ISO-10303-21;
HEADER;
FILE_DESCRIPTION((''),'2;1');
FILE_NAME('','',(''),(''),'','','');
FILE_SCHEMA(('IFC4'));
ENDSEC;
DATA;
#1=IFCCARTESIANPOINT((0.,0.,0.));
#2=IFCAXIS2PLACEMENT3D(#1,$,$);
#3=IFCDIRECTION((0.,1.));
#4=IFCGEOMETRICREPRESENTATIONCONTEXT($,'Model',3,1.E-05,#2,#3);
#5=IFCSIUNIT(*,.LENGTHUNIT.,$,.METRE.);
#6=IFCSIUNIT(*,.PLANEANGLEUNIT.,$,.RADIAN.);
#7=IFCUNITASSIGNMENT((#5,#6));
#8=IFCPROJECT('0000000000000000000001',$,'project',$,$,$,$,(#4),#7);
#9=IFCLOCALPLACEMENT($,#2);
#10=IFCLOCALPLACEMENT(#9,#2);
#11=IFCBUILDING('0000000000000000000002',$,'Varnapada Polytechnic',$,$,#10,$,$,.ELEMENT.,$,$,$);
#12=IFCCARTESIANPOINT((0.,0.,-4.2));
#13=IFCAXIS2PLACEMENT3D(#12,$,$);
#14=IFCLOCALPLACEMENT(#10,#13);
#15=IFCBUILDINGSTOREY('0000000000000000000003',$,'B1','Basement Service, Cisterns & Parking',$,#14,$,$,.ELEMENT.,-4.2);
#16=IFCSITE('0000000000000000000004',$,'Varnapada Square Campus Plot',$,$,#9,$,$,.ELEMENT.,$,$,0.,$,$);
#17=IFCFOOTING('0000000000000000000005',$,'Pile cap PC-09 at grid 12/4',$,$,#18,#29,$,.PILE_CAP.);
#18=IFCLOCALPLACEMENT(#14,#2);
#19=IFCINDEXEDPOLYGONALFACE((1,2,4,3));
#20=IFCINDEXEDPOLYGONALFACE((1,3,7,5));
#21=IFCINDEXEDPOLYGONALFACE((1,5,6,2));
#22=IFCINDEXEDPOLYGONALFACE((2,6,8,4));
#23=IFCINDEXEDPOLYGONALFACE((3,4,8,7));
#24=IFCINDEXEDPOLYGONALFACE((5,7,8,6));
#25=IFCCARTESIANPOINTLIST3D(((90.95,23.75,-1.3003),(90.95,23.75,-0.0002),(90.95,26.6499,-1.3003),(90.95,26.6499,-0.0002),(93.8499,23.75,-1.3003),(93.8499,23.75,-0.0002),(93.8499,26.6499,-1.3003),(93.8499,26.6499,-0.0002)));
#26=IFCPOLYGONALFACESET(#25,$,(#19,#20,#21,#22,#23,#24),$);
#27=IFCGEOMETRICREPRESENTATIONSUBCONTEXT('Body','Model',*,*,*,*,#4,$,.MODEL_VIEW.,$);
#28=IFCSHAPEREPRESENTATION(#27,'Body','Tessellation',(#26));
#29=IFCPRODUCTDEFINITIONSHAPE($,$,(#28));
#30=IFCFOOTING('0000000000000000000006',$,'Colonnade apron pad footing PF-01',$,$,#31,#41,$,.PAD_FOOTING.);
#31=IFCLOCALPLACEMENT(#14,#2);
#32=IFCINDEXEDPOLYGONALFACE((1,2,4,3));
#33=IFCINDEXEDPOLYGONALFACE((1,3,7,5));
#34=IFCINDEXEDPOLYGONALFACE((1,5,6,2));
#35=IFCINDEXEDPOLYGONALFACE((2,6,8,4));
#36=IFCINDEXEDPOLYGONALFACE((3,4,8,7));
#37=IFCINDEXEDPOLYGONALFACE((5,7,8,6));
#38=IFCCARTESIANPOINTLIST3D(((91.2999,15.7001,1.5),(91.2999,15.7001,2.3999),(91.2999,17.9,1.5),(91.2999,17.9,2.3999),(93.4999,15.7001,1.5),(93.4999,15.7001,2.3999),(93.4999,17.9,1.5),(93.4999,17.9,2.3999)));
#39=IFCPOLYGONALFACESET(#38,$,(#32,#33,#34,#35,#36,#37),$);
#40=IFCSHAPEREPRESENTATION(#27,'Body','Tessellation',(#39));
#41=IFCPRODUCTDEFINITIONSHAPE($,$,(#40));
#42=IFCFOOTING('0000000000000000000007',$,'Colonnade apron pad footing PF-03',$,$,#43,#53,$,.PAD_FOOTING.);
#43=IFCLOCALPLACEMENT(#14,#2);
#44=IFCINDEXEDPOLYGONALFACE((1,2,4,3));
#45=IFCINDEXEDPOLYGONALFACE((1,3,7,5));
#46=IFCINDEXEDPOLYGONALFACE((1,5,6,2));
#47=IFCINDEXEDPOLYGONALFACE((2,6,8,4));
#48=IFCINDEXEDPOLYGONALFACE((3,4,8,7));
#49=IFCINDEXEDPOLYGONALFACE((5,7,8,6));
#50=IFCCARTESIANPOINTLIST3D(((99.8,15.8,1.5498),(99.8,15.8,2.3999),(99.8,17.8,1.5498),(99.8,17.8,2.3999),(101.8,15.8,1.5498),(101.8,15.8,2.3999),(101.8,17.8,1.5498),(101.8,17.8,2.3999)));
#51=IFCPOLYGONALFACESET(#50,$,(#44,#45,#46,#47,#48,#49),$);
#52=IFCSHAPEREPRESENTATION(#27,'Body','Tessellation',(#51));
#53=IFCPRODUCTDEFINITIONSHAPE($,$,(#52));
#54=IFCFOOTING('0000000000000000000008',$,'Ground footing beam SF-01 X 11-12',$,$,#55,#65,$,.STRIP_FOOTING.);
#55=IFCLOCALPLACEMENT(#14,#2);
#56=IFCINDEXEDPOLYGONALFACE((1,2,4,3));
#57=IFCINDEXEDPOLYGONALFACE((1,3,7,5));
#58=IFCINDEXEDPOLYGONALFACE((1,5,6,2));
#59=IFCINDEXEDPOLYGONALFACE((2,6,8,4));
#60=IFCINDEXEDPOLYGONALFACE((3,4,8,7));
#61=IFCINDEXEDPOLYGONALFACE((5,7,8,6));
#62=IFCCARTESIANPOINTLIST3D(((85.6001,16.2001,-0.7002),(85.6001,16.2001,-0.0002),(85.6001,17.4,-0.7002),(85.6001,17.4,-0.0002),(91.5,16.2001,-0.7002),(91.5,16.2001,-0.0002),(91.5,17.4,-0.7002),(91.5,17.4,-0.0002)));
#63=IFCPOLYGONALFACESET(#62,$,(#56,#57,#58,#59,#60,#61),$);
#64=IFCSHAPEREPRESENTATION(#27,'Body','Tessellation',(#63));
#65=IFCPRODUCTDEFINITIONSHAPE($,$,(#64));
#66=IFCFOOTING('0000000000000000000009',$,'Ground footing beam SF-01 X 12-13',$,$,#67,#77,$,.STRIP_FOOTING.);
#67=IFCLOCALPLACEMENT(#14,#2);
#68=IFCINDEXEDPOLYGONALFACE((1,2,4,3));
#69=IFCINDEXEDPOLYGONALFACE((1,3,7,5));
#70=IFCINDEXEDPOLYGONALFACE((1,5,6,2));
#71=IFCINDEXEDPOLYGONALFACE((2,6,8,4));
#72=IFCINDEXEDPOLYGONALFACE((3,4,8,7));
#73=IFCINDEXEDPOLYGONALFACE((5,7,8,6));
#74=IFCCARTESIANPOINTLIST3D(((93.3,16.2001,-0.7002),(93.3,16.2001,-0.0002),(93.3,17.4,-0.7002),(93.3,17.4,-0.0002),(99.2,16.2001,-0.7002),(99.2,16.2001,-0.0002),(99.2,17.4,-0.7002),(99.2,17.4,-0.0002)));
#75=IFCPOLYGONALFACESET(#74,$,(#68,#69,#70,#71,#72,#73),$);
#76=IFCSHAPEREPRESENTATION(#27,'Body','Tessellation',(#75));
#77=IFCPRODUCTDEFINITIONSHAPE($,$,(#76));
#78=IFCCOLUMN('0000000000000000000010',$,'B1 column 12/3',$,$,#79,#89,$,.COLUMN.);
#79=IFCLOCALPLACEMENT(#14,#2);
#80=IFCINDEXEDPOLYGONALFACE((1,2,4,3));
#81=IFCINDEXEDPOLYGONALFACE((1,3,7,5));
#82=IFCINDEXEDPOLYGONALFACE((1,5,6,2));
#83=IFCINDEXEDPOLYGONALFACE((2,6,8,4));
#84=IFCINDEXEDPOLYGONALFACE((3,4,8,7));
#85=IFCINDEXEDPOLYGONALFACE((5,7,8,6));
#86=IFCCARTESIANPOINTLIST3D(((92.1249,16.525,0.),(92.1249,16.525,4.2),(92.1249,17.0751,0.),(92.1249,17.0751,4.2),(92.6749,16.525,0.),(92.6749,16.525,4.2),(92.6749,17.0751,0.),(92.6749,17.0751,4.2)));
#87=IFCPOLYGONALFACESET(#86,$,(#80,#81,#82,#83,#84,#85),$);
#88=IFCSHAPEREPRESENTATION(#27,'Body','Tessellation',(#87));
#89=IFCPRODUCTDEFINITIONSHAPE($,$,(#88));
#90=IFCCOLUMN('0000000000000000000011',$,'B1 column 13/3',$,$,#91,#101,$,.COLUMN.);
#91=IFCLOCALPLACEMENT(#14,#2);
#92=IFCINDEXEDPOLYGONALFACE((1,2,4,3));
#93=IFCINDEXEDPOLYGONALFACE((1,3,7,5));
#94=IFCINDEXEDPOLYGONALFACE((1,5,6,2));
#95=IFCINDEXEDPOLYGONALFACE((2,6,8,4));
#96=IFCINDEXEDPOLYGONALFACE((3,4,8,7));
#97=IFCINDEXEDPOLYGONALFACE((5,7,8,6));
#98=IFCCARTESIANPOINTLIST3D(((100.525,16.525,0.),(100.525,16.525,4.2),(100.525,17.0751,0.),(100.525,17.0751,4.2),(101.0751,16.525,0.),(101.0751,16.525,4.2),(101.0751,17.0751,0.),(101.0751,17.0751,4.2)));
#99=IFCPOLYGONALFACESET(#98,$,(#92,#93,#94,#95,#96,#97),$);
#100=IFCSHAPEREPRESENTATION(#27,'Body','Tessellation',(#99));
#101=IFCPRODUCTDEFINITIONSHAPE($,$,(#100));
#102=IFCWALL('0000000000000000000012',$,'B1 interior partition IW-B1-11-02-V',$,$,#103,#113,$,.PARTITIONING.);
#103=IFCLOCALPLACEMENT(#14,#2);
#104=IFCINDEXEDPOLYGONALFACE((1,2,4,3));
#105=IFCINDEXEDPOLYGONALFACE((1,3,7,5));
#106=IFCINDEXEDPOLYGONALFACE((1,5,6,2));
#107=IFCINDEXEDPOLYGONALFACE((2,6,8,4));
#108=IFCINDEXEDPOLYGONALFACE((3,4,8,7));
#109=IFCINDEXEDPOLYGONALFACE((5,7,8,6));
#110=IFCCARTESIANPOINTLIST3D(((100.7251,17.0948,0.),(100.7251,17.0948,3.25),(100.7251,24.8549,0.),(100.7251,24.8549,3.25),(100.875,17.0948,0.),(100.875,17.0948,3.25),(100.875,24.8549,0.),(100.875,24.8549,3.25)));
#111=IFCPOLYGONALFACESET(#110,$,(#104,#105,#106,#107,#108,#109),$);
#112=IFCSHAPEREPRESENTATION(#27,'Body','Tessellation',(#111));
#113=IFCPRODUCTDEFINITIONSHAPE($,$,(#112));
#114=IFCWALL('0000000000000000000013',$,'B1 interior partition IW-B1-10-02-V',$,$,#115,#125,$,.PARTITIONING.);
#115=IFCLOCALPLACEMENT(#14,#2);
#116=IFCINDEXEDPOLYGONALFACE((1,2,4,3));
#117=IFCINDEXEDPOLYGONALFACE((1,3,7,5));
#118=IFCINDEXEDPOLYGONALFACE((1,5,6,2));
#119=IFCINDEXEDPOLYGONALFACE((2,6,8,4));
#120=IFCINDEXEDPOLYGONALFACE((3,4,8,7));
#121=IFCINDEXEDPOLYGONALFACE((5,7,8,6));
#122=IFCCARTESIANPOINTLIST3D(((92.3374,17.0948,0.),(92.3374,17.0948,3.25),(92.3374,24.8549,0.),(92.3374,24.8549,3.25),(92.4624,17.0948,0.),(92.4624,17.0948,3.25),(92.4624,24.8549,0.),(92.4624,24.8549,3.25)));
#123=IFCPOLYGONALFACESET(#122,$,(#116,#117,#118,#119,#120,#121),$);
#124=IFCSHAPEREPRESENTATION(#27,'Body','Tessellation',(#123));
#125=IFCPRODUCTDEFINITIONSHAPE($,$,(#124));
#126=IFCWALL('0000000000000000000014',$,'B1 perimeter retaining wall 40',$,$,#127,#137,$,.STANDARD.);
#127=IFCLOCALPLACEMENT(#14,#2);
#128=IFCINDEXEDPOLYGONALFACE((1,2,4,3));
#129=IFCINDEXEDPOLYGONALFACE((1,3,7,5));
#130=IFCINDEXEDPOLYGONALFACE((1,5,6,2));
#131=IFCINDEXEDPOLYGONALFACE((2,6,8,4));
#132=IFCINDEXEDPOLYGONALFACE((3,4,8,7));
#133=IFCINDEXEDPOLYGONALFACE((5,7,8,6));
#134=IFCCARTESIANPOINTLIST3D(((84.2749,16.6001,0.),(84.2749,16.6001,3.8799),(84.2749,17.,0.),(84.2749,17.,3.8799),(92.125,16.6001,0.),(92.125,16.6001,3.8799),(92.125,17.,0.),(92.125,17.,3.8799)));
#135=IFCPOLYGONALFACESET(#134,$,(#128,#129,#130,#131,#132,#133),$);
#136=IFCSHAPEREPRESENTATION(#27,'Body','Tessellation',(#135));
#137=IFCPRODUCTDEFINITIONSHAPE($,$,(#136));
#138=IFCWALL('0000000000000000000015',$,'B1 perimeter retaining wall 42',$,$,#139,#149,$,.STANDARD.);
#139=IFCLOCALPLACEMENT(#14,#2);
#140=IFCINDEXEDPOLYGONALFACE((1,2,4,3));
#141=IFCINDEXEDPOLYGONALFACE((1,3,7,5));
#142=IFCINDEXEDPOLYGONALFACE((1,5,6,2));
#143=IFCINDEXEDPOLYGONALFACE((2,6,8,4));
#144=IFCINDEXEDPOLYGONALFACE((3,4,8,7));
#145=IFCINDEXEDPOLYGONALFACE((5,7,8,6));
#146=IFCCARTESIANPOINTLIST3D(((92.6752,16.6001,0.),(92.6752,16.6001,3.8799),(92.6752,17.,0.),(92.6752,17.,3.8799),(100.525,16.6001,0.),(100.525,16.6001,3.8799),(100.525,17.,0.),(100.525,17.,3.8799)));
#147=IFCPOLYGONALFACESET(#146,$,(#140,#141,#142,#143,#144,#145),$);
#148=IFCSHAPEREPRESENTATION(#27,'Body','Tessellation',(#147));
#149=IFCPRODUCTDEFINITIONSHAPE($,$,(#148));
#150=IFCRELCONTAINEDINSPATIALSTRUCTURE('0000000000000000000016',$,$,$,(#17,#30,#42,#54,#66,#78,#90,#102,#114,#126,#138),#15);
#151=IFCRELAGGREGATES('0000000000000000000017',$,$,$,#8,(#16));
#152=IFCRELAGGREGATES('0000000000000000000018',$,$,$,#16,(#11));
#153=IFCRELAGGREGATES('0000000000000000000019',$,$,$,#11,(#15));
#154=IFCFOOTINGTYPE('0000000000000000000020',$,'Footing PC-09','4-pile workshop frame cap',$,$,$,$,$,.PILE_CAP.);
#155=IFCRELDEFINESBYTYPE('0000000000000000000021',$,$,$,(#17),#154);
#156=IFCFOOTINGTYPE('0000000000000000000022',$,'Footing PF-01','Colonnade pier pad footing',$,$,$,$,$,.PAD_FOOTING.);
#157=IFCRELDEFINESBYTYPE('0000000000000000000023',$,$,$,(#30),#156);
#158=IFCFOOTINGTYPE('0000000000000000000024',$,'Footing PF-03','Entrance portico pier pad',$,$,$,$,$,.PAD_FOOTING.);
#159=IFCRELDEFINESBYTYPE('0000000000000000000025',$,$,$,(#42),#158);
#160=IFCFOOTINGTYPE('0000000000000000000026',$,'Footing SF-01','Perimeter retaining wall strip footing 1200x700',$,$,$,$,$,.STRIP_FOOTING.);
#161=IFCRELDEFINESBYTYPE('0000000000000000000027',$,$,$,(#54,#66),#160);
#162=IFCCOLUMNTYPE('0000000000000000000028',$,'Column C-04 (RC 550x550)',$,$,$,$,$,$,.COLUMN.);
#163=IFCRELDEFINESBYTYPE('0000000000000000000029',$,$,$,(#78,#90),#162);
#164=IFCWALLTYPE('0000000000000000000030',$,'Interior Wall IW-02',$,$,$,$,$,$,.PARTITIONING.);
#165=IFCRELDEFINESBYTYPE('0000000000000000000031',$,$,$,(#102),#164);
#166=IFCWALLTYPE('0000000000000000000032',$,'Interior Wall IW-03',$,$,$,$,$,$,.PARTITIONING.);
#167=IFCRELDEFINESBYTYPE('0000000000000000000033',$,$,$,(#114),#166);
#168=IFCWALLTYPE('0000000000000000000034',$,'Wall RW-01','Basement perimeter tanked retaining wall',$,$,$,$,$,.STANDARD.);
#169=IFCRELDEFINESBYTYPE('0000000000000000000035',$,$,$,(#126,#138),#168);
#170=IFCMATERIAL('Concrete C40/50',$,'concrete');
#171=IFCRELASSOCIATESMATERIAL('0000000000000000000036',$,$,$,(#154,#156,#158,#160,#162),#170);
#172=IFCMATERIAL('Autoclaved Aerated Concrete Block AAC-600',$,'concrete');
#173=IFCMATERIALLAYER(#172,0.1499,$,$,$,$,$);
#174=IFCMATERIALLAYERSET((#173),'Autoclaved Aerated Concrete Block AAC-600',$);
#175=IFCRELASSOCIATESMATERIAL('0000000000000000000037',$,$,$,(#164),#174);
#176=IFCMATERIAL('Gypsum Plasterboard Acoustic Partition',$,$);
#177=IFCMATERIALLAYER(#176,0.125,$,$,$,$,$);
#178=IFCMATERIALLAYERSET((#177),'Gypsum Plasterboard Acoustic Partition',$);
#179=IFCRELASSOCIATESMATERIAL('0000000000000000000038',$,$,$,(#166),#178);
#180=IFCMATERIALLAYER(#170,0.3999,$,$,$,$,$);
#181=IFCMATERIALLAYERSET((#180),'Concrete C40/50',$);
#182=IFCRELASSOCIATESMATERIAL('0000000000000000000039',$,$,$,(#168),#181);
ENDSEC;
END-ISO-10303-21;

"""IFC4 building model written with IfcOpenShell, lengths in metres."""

from ifc_helpers import new_model, si_unit, direction, frame, frame_2d, origin, origin_2d, place, context, subcontext, project, spatial, rectangle, extrude, material, layer, layer_set, material_profile, profile_set, type_object, element, save


model = new_model("IFC4")

# Units and contexts
model_context = context("Model", 3, precision=1e-05, world=origin(), true_north=direction((0.0, 1.0)))
body_context = subcontext(model_context, "Body", "Model", "MODEL_VIEW")
ifc_project = project(units=[si_unit("LENGTHUNIT", "METRE"), si_unit("PLANEANGLEUNIT", "RADIAN")], contexts=[model_context])

# Site, building, storey
site_placement = place(None, origin())
site = spatial("IfcSite", under=ifc_project, at=site_placement, Name="Varnapada Square Campus Plot", CompositionType="ELEMENT", RefElevation=0.0)
building_placement = place(site_placement, origin())
building = spatial("IfcBuilding", under=site, at=building_placement, Name="Varnapada Polytechnic", CompositionType="ELEMENT")
storey_placement = place(building_placement, frame((0.0, 0.0, -4.2)))
storey = spatial("IfcBuildingStorey", under=building, at=storey_placement, Name="B1", Description="Basement Service, Cisterns & Parking", CompositionType="ELEMENT", Elevation=-4.2)

# Shared definitions
ifc_material_1 = material(Name="Concrete C40/50", Category="concrete")

# Footings
footing_type_1 = type_object("IfcFootingType", Name="Footing PC-09", Description="4-pile workshop frame cap", PredefinedType="PILE_CAP", material=ifc_material_1)
footing_1_placement = place(storey_placement, frame((92.3999, 25.2, -1.3003), z_axis=(0.0, 0.0, 1.0), x_axis=(1.0, 0.0, 0.0)))
element("IfcFooting", 1, at=footing_1_placement, inside=storey, type_object=footing_type_1, Name="Pile cap PC-09 at grid 12/4", PredefinedType="PILE_CAP", context=body_context, shape_type="SweptSolid", body=[
    extrude(rectangle(XDim=2.8999, YDim=2.8999, at=origin_2d()), origin(), (0.0, 0.0, 1.0), 1.3),
])
footing_type_2 = type_object("IfcFootingType", Name="Footing PF-01", Description="Colonnade pier pad footing", PredefinedType="PAD_FOOTING", material=ifc_material_1)
footing_2_placement = place(storey_placement, frame((92.3999, 16.8, 1.5), z_axis=(0.0, 0.0, 1.0), x_axis=(1.0, 0.0, 0.0)))
element("IfcFooting", 2, at=footing_2_placement, inside=storey, type_object=footing_type_2, Name="Colonnade apron pad footing PF-01", PredefinedType="PAD_FOOTING", context=body_context, shape_type="SweptSolid", body=[
    extrude(rectangle(XDim=2.2, YDim=2.2, at=origin_2d()), origin(), (0.0, 0.0, 1.0), 0.8999),
])
footing_type_3 = type_object("IfcFootingType", Name="Footing PF-03", Description="Entrance portico pier pad", PredefinedType="PAD_FOOTING", material=ifc_material_1)
footing_3_placement = place(storey_placement, frame((100.8, 16.8, 1.5498), z_axis=(0.0, 0.0, 1.0), x_axis=(1.0, 0.0, 0.0)))
element("IfcFooting", 3, at=footing_3_placement, inside=storey, type_object=footing_type_3, Name="Colonnade apron pad footing PF-03", PredefinedType="PAD_FOOTING", context=body_context, shape_type="SweptSolid", body=[
    extrude(rectangle(XDim=2.0, YDim=2.0, at=origin_2d()), origin(), (0.0, 0.0, 1.0), 0.8501),
])
footing_type_4 = type_object("IfcFootingType", Name="Footing SF-01", Description="Perimeter retaining wall strip footing 1200x700", PredefinedType="STRIP_FOOTING", material=ifc_material_1)
for number, where, z_axis, x_axis, name in (
    (4, (88.55, 16.8, -0.7002), (0.0, 0.0, 1.0), (1.0, 0.0, 0.0), "Ground footing beam SF-01 X 11-12"),
    (5, (96.25, 16.8, -0.7002), (0.0, 0.0, 1.0), (1.0, 0.0, 0.0), "Ground footing beam SF-01 X 12-13"),
):
    element("IfcFooting", number, at=place(storey_placement, frame(where, z_axis=z_axis, x_axis=x_axis)), inside=storey, type_object=footing_type_4, Name=name, PredefinedType="STRIP_FOOTING", context=body_context, shape_type="SweptSolid", body=[
        extrude(rectangle(XDim=5.8999, YDim=1.2, at=origin_2d()), origin(), (0.0, 0.0, 1.0), 0.7),
    ])

# Columns
ifc_material_profile_1 = material_profile(ifc_material_1, rectangle(XDim=0.55, YDim=0.55, at=origin_2d()), Name="RC 550x550")
ifc_profile_set_1 = profile_set([ifc_material_profile_1], Name="Concrete C40/50")
column_type = type_object("IfcColumnType", Name="Column C-04 (RC 550x550)", PredefinedType="COLUMN", material=ifc_profile_set_1)
for number, where, z_axis, x_axis, name in (
    (6, (92.3999, 16.8, 0.0), (0.0, 0.0, 1.0), (1.0, 0.0, 0.0), "B1 column 12/3"),
    (7, (100.8, 16.8, 0.0), (0.0, 0.0, 1.0), (1.0, 0.0, 0.0), "B1 column 13/3"),
):
    element("IfcColumn", number, at=place(storey_placement, frame(where, z_axis=z_axis, x_axis=x_axis)), inside=storey, type_object=column_type, Name=name, PredefinedType="COLUMN", context=body_context, shape_type="SweptSolid", body=[
        extrude(rectangle(XDim=0.55, YDim=0.55, at=origin_2d()), origin(), (0.0, 0.0, 1.0), 4.2),
    ])

# Walls
ifc_material_2 = material(Name="Autoclaved Aerated Concrete Block AAC-600", Category="concrete")
ifc_layer_1 = layer(ifc_material_2, 0.1499)
ifc_layer_set_1 = layer_set([ifc_layer_1], Name="Autoclaved Aerated Concrete Block AAC-600")
wall_type_1 = type_object("IfcWallType", Name="Interior Wall IW-02", PredefinedType="PARTITIONING", material=ifc_layer_set_1)
wall_1_placement = place(storey_placement, frame((100.8, 17.095, 0.0), z_axis=(0.0, 0.0, 1.0), x_axis=(0.0, 1.0, 0.0)))
element("IfcWall", 8, at=wall_1_placement, inside=storey, type_object=wall_type_1, Name="B1 interior partition IW-B1-11-02-V", PredefinedType="PARTITIONING", context=body_context, shape_type="SweptSolid", body=[
    extrude(rectangle(XDim=7.76, YDim=0.1499, at=frame_2d((3.8799, 0.0))), origin(), (0.0, 0.0, 1.0), 3.25),
])
ifc_material_3 = material(Name="Gypsum Plasterboard Acoustic Partition")
ifc_layer_2 = layer(ifc_material_3, 0.125)
ifc_layer_set_2 = layer_set([ifc_layer_2], Name="Gypsum Plasterboard Acoustic Partition")
wall_type_2 = type_object("IfcWallType", Name="Interior Wall IW-03", PredefinedType="PARTITIONING", material=ifc_layer_set_2)
wall_2_placement = place(storey_placement, frame((92.3999, 17.095, 0.0), z_axis=(0.0, 0.0, 1.0), x_axis=(0.0, 1.0, 0.0)))
element("IfcWall", 9, at=wall_2_placement, inside=storey, type_object=wall_type_2, Name="B1 interior partition IW-B1-10-02-V", PredefinedType="PARTITIONING", context=body_context, shape_type="SweptSolid", body=[
    extrude(rectangle(XDim=7.76, YDim=0.125, at=frame_2d((3.8799, 0.0))), origin(), (0.0, 0.0, 1.0), 3.25),
])
ifc_layer_3 = layer(ifc_material_1, 0.3999)
ifc_layer_set_3 = layer_set([ifc_layer_3], Name="Concrete C40/50")
wall_type_3 = type_object("IfcWallType", Name="Wall RW-01", Description="Basement perimeter tanked retaining wall", PredefinedType="STANDARD", material=ifc_layer_set_3)
wall_3_placement = place(storey_placement, frame((92.125, 16.8, 0.0), z_axis=(0.0, 0.0, 1.0), x_axis=(-1.0, 0.0, 0.0)))
element("IfcWall", 10, at=wall_3_placement, inside=storey, type_object=wall_type_3, Name="B1 perimeter retaining wall 40", PredefinedType="STANDARD", context=body_context, shape_type="SweptSolid", body=[
    extrude(rectangle(XDim=7.8501, YDim=0.3999, at=frame_2d((3.925, 0.0))), origin(), (0.0, 0.0, 1.0), 3.8799),
])
wall_4_placement = place(storey_placement, frame((100.5249, 16.8, 0.0), z_axis=(0.0, 0.0, 1.0), x_axis=(-1.0, 0.0, 0.0)))
element("IfcWall", 11, at=wall_4_placement, inside=storey, type_object=wall_type_3, Name="B1 perimeter retaining wall 42", PredefinedType="STANDARD", context=body_context, shape_type="SweptSolid", body=[
    extrude(rectangle(XDim=7.8499, YDim=0.3999, at=frame_2d((3.9248, 0.0))), origin(), (0.0, 0.0, 1.0), 3.8799),
])

save(model, "model.ifc")
